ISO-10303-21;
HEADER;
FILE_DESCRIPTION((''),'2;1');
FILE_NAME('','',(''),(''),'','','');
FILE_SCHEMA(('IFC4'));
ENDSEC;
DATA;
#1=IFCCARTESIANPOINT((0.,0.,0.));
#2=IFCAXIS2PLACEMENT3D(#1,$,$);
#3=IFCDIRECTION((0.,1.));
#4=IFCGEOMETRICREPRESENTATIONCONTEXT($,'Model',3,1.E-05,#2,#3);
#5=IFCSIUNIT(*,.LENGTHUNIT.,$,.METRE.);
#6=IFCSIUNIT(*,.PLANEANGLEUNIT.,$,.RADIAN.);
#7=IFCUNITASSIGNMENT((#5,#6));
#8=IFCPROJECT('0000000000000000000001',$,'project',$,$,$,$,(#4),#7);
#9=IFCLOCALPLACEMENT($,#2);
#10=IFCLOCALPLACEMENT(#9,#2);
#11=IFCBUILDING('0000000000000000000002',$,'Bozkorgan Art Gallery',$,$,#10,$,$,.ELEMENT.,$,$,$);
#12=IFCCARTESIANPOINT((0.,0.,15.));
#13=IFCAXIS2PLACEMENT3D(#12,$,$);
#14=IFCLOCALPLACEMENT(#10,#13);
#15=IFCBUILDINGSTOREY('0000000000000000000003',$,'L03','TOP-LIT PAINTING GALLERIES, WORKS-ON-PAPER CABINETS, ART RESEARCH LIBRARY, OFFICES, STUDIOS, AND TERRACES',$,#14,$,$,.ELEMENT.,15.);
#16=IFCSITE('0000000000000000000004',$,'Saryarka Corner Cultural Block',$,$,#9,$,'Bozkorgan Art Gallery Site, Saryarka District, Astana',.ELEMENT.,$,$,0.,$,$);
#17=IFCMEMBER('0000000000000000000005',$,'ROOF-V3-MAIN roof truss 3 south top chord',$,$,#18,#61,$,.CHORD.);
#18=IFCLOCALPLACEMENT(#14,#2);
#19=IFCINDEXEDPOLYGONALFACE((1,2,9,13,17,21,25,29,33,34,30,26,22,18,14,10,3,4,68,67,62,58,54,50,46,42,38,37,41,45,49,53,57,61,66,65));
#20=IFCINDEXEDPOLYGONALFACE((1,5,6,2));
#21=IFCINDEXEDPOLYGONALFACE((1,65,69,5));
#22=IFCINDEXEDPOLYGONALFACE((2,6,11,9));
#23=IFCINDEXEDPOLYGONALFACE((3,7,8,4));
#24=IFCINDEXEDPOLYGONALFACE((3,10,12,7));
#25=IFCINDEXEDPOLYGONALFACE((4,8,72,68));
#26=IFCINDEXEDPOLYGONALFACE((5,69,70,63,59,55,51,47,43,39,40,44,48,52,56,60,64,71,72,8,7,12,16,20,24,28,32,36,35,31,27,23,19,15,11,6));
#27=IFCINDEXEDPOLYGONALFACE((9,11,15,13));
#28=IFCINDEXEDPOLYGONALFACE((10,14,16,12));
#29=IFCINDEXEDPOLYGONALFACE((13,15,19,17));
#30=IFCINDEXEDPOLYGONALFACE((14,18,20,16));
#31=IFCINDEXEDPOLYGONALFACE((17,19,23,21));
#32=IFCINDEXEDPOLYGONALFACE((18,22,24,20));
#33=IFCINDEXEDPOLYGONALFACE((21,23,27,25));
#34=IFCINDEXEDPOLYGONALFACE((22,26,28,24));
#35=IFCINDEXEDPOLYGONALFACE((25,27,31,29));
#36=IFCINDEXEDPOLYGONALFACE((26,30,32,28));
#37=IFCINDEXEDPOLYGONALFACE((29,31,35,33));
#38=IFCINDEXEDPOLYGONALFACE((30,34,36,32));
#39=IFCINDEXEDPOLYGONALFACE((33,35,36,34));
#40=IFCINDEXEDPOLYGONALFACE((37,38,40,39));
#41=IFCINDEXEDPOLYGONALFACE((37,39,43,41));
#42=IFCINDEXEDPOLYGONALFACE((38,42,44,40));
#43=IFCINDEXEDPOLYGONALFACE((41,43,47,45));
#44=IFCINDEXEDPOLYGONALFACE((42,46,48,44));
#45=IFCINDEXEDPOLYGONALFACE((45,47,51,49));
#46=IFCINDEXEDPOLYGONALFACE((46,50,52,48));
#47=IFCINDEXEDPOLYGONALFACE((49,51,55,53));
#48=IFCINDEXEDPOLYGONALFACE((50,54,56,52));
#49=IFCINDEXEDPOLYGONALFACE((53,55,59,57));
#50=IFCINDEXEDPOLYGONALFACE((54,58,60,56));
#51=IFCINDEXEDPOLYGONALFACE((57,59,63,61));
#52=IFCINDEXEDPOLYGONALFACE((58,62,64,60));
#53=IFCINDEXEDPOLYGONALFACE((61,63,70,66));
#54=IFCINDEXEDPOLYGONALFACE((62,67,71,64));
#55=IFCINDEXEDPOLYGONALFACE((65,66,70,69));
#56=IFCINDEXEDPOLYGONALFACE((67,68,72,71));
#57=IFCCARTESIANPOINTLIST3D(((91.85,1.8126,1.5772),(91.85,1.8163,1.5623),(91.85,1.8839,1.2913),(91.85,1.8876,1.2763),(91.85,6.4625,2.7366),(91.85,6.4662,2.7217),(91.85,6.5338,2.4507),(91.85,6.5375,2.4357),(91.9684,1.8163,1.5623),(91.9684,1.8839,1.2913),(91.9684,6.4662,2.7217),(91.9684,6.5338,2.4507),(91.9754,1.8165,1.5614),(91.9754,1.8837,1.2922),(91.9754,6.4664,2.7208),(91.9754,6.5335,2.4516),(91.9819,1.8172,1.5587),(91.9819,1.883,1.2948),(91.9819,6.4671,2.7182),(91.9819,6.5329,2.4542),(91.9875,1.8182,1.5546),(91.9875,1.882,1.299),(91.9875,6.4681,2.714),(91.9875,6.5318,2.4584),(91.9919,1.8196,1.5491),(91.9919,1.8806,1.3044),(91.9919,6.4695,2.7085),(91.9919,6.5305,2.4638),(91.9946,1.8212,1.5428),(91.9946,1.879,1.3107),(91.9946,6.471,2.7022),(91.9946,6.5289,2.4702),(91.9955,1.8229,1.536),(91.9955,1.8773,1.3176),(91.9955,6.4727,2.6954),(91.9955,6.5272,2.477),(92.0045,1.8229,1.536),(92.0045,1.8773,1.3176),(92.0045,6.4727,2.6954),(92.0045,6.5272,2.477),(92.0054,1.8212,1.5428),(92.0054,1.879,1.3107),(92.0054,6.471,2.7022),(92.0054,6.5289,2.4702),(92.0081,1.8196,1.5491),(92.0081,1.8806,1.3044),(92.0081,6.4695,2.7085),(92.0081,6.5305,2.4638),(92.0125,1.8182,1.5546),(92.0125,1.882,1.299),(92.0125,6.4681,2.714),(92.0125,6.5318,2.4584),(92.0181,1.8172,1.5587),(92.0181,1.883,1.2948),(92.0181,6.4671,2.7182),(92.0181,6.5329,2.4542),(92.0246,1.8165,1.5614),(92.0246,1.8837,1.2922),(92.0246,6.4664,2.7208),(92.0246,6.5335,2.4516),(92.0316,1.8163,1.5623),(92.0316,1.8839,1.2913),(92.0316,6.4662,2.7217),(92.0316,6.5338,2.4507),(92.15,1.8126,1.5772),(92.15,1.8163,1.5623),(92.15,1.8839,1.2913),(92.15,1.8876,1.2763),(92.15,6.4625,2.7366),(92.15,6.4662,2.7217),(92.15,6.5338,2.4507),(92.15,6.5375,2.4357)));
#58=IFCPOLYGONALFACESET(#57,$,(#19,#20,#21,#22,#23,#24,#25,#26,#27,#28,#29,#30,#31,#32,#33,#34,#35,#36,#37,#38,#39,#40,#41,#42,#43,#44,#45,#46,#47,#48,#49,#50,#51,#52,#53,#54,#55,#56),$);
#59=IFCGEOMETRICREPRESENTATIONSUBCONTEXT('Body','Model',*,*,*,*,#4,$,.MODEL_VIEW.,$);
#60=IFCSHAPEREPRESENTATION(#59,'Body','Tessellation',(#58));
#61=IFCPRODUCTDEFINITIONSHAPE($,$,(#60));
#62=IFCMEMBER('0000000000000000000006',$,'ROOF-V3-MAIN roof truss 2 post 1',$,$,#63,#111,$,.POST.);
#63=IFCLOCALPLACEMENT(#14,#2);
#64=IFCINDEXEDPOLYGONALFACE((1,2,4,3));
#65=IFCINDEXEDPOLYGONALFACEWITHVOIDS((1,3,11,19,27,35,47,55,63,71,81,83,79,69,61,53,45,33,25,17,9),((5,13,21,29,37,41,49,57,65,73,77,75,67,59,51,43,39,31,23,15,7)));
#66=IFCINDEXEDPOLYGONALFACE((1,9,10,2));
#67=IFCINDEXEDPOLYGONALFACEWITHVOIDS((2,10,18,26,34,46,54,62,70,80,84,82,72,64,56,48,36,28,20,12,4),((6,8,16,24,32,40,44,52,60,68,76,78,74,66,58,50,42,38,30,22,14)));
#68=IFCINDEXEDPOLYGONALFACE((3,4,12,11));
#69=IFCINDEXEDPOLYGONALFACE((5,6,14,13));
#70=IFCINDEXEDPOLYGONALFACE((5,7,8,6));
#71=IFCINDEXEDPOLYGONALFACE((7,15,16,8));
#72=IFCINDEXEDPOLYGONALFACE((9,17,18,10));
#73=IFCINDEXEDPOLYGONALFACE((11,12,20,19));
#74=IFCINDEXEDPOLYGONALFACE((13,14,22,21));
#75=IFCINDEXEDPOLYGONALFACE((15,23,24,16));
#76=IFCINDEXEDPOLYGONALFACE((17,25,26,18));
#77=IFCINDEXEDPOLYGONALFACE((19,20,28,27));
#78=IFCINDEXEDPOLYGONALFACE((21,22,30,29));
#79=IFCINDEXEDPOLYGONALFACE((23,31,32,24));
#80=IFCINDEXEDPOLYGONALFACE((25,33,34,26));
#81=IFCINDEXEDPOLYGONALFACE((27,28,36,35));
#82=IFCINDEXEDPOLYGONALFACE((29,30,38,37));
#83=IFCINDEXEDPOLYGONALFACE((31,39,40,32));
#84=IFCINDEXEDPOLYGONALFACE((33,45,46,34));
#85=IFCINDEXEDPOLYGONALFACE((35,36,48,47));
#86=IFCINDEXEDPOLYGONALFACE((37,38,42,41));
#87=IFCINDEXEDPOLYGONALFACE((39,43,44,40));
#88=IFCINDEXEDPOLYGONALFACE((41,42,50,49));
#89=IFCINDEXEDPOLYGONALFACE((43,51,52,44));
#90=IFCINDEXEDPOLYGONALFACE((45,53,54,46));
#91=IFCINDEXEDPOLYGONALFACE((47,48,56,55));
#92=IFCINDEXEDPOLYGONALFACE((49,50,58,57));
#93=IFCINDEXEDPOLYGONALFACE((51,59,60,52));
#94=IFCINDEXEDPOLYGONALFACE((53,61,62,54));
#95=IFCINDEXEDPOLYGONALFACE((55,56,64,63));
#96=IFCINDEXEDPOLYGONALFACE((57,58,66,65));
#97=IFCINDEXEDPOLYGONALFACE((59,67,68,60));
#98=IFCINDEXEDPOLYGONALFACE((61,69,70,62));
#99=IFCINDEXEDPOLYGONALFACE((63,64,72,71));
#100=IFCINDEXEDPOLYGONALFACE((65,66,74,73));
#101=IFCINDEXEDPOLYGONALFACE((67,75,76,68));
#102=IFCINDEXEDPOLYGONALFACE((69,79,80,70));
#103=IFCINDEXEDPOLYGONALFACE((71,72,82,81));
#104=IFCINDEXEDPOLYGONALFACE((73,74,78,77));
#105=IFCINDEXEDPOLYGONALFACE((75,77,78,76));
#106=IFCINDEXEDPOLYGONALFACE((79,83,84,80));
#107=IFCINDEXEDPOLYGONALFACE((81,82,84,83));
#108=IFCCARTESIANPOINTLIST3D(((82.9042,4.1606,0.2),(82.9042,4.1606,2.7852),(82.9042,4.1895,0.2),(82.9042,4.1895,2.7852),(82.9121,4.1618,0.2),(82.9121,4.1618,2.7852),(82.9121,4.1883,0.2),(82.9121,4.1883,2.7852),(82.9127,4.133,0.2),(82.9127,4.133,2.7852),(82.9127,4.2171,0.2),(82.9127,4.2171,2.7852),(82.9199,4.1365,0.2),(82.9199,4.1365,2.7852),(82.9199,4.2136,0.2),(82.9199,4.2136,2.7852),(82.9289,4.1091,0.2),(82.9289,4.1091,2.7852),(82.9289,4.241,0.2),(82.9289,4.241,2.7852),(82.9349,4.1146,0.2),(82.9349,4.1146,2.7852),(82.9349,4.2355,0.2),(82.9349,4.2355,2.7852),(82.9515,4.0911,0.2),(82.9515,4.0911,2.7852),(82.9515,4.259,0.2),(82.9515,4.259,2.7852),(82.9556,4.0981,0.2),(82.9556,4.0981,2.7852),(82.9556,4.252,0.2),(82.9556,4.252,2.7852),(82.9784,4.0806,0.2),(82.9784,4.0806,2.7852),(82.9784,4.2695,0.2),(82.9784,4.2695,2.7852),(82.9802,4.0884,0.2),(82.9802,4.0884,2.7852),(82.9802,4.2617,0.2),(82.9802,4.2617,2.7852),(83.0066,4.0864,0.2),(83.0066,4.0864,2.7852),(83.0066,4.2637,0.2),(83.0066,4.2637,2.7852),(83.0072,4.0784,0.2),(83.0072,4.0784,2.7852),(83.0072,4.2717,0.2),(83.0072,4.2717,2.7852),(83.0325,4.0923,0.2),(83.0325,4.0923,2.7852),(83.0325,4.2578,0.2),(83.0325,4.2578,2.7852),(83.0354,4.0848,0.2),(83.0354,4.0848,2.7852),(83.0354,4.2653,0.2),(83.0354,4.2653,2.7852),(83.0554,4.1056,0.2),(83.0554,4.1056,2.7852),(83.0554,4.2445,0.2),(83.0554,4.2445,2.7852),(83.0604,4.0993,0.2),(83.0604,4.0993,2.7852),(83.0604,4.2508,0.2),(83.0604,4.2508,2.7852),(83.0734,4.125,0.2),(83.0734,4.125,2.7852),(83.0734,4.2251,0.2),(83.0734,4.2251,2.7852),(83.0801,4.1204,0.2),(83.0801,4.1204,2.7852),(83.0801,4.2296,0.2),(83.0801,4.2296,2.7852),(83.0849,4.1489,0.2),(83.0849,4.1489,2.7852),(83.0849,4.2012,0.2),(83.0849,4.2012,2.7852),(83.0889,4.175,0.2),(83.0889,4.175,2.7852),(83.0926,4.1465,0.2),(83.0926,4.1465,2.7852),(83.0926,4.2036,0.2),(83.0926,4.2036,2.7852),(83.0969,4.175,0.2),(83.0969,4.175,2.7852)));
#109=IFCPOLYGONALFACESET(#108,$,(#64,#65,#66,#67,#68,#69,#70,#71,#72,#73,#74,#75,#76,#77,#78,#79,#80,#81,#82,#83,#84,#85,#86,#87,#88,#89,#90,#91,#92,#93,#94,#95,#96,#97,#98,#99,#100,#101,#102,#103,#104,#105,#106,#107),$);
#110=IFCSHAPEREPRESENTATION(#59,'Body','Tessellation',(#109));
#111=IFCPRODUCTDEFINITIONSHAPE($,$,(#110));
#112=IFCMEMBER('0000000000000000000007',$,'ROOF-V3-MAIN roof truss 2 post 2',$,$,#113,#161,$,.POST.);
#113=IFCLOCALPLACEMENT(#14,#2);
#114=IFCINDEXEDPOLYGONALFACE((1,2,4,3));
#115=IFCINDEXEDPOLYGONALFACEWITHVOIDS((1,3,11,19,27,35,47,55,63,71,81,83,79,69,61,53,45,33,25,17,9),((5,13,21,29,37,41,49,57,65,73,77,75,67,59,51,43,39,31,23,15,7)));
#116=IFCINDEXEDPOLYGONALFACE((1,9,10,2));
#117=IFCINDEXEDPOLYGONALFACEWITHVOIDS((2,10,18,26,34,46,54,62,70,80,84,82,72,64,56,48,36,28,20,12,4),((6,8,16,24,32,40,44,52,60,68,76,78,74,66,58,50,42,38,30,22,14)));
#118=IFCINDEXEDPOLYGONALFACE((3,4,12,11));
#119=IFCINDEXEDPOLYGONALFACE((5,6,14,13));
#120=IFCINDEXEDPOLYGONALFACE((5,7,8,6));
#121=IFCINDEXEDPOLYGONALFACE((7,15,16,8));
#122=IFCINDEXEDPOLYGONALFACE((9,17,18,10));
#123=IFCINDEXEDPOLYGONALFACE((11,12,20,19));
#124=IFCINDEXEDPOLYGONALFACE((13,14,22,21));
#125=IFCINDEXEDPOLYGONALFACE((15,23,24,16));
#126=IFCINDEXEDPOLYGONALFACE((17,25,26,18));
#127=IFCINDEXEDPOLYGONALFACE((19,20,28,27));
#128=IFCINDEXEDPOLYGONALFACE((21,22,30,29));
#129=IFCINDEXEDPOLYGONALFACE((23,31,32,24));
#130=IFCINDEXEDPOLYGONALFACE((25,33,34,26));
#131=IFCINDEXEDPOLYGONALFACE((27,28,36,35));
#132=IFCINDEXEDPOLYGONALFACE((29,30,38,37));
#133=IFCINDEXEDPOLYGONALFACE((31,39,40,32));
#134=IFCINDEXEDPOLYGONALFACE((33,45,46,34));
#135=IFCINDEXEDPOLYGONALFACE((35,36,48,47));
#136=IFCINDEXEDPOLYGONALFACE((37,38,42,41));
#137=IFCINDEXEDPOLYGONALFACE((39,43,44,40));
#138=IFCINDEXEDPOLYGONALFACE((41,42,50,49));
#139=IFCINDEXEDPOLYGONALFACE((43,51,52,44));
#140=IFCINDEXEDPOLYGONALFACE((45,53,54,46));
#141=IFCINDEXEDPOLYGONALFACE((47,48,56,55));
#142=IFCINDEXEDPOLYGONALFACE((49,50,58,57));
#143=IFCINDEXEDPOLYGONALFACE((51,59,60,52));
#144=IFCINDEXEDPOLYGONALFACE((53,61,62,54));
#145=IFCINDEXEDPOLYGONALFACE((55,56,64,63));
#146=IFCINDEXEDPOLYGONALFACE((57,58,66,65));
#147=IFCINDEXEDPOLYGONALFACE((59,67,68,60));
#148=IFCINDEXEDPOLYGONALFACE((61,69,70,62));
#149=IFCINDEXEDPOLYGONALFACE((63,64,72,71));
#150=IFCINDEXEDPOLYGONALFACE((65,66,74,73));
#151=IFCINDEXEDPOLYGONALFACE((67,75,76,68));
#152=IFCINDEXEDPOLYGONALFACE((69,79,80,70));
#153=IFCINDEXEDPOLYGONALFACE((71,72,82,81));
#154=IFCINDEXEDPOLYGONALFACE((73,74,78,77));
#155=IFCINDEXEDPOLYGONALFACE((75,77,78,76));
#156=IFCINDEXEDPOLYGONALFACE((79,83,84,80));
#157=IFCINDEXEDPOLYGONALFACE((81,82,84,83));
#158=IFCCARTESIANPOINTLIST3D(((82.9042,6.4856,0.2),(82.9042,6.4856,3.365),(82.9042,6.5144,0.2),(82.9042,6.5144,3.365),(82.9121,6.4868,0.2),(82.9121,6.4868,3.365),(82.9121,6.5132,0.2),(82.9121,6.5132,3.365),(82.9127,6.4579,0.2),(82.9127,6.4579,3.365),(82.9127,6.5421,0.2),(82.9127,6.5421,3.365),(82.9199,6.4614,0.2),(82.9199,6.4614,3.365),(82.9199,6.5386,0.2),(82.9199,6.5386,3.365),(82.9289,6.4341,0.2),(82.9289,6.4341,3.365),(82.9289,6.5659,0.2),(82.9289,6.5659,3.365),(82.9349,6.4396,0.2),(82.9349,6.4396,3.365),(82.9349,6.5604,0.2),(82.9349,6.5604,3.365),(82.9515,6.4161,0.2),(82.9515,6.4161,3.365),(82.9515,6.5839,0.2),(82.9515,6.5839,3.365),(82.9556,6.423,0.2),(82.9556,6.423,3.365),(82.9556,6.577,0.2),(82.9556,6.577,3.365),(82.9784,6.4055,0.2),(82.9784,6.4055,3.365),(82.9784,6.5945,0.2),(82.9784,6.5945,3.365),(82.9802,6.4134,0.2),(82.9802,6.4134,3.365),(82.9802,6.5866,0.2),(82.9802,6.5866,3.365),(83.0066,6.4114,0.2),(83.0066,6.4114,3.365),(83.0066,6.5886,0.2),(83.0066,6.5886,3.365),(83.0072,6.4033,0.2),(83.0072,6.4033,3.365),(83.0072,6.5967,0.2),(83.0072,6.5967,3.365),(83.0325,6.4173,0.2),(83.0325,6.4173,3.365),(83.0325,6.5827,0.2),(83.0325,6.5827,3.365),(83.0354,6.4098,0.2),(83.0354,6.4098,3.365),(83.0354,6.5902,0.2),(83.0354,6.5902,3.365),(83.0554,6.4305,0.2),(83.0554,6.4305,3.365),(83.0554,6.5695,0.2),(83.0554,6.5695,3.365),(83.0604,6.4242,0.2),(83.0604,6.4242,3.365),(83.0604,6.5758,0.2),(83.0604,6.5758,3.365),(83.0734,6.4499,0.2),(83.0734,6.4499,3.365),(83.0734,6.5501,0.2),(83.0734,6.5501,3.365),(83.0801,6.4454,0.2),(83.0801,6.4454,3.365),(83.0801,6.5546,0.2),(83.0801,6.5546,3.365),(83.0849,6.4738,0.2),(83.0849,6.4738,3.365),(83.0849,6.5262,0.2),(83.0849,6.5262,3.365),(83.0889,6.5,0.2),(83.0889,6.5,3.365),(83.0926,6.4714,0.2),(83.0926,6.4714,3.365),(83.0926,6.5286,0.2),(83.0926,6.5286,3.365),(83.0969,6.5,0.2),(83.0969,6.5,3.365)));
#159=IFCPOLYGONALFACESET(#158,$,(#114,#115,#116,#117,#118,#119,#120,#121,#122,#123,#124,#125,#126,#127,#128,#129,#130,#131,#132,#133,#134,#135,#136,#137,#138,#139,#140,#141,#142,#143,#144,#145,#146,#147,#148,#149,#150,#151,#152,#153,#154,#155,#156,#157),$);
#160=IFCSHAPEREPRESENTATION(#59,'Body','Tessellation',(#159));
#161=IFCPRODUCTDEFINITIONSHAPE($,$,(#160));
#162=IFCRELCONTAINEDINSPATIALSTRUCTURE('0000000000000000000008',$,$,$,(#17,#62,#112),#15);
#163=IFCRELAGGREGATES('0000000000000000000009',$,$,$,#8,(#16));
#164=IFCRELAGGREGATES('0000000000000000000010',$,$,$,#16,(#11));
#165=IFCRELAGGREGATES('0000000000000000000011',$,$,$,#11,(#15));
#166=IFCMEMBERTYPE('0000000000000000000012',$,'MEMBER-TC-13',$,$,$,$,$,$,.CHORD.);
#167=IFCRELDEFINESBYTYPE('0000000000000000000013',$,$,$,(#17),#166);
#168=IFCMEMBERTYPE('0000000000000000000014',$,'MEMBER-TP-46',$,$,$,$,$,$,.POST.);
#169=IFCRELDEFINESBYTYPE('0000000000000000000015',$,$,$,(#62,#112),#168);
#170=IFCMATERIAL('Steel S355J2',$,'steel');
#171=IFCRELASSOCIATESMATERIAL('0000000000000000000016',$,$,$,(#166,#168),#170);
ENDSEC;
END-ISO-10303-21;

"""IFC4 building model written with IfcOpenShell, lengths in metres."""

from ifc_helpers import new_model, si_unit, direction, frame, origin, origin_2d, place, context, subcontext, project, spatial, hollow_circle, i_section, extrude, material, material_profile, profile_set, type_object, element, save


model = new_model("IFC4")

# Units and contexts
model_context = context("Model", 3, precision=1e-05, world=origin(), true_north=direction((0.0, 1.0)))
body_context = subcontext(model_context, "Body", "Model", "MODEL_VIEW")
ifc_project = project(units=[si_unit("LENGTHUNIT", "METRE"), si_unit("PLANEANGLEUNIT", "RADIAN")], contexts=[model_context])

# Site, building, storey
site_placement = place(None, origin())
site = spatial("IfcSite", under=ifc_project, at=site_placement, Name="Saryarka Corner Cultural Block", LongName="Bozkorgan Art Gallery Site, Saryarka District, Astana", CompositionType="ELEMENT", RefElevation=0.0)
building_placement = place(site_placement, origin())
building = spatial("IfcBuilding", under=site, at=building_placement, Name="Bozkorgan Art Gallery", CompositionType="ELEMENT")
storey_placement = place(building_placement, frame((0.0, 0.0, 15.0)))
storey = spatial("IfcBuildingStorey", under=building, at=storey_placement, Name="L03", Description="TOP-LIT PAINTING GALLERIES, WORKS-ON-PAPER CABINETS, ART RESEARCH LIBRARY, OFFICES, STUDIOS, AND TERRACES", CompositionType="ELEMENT", Elevation=15.0)

# Shared definitions
ifc_material_1 = material(Name="Steel S355J2", Category="steel")

# Members
ifc_material_profile_1 = material_profile(ifc_material_1, i_section(OverallWidth=0.3, OverallDepth=0.3101, WebThickness=0.009, FlangeThickness=0.0154, FilletRadius=0.0271, at=origin_2d()), Name="HEA 320")
ifc_profile_set_1 = profile_set([ifc_material_profile_1], Name="Steel S355J2")
member_type_1 = type_object("IfcMemberType", Name="MEMBER-TC-13", PredefinedType="CHORD", material=ifc_profile_set_1)
member_1_placement = place(storey_placement, frame((92.0, 1.8501, 1.4268), z_axis=(0.0, 0.970292, 0.241936), x_axis=(-1.0, 0.0, 0.0)))
element("IfcMember", 1, at=member_1_placement, inside=storey, type_object=member_type_1, Name="ROOF-V3-MAIN roof truss 3 south top chord", PredefinedType="CHORD", context=body_context, shape_type="SweptSolid", body=[
    extrude(i_section(OverallWidth=0.3, OverallDepth=0.3101, WebThickness=0.009, FlangeThickness=0.0154, FilletRadius=0.0271, at=origin_2d()), origin(), (0.0, 0.0, 1.0), 4.7922),
])
ifc_material_profile_2 = material_profile(ifc_material_1, hollow_circle(Radius=0.0969, WallThickness=0.0081, at=origin_2d()), Name="CHS 193.7x8")
ifc_profile_set_2 = profile_set([ifc_material_profile_2], Name="Steel S355J2")
member_type_2 = type_object("IfcMemberType", Name="MEMBER-TP-46", PredefinedType="POST", material=ifc_profile_set_2)
member_2_placement = place(storey_placement, frame((83.0, 4.175, 0.2), z_axis=(0.0, 0.0, 1.0), x_axis=(1.0, 0.0, 0.0)))
element("IfcMember", 2, at=member_2_placement, inside=storey, type_object=member_type_2, Name="ROOF-V3-MAIN roof truss 2 post 1", PredefinedType="POST", context=body_context, shape_type="SweptSolid", body=[
    extrude(hollow_circle(Radius=0.0969, WallThickness=0.0081, at=origin_2d()), origin(), (0.0, 0.0, 1.0), 2.5852),
])
member_3_placement = place(storey_placement, frame((83.0, 6.5, 0.2), z_axis=(0.0, 0.0, 1.0), x_axis=(1.0, 0.0, 0.0)))
element("IfcMember", 3, at=member_3_placement, inside=storey, type_object=member_type_2, Name="ROOF-V3-MAIN roof truss 2 post 2", PredefinedType="POST", context=body_context, shape_type="SweptSolid", body=[
    extrude(hollow_circle(Radius=0.0969, WallThickness=0.0081, at=origin_2d()), origin(), (0.0, 0.0, 1.0), 3.165),
])

save(model, "model.ifc")
